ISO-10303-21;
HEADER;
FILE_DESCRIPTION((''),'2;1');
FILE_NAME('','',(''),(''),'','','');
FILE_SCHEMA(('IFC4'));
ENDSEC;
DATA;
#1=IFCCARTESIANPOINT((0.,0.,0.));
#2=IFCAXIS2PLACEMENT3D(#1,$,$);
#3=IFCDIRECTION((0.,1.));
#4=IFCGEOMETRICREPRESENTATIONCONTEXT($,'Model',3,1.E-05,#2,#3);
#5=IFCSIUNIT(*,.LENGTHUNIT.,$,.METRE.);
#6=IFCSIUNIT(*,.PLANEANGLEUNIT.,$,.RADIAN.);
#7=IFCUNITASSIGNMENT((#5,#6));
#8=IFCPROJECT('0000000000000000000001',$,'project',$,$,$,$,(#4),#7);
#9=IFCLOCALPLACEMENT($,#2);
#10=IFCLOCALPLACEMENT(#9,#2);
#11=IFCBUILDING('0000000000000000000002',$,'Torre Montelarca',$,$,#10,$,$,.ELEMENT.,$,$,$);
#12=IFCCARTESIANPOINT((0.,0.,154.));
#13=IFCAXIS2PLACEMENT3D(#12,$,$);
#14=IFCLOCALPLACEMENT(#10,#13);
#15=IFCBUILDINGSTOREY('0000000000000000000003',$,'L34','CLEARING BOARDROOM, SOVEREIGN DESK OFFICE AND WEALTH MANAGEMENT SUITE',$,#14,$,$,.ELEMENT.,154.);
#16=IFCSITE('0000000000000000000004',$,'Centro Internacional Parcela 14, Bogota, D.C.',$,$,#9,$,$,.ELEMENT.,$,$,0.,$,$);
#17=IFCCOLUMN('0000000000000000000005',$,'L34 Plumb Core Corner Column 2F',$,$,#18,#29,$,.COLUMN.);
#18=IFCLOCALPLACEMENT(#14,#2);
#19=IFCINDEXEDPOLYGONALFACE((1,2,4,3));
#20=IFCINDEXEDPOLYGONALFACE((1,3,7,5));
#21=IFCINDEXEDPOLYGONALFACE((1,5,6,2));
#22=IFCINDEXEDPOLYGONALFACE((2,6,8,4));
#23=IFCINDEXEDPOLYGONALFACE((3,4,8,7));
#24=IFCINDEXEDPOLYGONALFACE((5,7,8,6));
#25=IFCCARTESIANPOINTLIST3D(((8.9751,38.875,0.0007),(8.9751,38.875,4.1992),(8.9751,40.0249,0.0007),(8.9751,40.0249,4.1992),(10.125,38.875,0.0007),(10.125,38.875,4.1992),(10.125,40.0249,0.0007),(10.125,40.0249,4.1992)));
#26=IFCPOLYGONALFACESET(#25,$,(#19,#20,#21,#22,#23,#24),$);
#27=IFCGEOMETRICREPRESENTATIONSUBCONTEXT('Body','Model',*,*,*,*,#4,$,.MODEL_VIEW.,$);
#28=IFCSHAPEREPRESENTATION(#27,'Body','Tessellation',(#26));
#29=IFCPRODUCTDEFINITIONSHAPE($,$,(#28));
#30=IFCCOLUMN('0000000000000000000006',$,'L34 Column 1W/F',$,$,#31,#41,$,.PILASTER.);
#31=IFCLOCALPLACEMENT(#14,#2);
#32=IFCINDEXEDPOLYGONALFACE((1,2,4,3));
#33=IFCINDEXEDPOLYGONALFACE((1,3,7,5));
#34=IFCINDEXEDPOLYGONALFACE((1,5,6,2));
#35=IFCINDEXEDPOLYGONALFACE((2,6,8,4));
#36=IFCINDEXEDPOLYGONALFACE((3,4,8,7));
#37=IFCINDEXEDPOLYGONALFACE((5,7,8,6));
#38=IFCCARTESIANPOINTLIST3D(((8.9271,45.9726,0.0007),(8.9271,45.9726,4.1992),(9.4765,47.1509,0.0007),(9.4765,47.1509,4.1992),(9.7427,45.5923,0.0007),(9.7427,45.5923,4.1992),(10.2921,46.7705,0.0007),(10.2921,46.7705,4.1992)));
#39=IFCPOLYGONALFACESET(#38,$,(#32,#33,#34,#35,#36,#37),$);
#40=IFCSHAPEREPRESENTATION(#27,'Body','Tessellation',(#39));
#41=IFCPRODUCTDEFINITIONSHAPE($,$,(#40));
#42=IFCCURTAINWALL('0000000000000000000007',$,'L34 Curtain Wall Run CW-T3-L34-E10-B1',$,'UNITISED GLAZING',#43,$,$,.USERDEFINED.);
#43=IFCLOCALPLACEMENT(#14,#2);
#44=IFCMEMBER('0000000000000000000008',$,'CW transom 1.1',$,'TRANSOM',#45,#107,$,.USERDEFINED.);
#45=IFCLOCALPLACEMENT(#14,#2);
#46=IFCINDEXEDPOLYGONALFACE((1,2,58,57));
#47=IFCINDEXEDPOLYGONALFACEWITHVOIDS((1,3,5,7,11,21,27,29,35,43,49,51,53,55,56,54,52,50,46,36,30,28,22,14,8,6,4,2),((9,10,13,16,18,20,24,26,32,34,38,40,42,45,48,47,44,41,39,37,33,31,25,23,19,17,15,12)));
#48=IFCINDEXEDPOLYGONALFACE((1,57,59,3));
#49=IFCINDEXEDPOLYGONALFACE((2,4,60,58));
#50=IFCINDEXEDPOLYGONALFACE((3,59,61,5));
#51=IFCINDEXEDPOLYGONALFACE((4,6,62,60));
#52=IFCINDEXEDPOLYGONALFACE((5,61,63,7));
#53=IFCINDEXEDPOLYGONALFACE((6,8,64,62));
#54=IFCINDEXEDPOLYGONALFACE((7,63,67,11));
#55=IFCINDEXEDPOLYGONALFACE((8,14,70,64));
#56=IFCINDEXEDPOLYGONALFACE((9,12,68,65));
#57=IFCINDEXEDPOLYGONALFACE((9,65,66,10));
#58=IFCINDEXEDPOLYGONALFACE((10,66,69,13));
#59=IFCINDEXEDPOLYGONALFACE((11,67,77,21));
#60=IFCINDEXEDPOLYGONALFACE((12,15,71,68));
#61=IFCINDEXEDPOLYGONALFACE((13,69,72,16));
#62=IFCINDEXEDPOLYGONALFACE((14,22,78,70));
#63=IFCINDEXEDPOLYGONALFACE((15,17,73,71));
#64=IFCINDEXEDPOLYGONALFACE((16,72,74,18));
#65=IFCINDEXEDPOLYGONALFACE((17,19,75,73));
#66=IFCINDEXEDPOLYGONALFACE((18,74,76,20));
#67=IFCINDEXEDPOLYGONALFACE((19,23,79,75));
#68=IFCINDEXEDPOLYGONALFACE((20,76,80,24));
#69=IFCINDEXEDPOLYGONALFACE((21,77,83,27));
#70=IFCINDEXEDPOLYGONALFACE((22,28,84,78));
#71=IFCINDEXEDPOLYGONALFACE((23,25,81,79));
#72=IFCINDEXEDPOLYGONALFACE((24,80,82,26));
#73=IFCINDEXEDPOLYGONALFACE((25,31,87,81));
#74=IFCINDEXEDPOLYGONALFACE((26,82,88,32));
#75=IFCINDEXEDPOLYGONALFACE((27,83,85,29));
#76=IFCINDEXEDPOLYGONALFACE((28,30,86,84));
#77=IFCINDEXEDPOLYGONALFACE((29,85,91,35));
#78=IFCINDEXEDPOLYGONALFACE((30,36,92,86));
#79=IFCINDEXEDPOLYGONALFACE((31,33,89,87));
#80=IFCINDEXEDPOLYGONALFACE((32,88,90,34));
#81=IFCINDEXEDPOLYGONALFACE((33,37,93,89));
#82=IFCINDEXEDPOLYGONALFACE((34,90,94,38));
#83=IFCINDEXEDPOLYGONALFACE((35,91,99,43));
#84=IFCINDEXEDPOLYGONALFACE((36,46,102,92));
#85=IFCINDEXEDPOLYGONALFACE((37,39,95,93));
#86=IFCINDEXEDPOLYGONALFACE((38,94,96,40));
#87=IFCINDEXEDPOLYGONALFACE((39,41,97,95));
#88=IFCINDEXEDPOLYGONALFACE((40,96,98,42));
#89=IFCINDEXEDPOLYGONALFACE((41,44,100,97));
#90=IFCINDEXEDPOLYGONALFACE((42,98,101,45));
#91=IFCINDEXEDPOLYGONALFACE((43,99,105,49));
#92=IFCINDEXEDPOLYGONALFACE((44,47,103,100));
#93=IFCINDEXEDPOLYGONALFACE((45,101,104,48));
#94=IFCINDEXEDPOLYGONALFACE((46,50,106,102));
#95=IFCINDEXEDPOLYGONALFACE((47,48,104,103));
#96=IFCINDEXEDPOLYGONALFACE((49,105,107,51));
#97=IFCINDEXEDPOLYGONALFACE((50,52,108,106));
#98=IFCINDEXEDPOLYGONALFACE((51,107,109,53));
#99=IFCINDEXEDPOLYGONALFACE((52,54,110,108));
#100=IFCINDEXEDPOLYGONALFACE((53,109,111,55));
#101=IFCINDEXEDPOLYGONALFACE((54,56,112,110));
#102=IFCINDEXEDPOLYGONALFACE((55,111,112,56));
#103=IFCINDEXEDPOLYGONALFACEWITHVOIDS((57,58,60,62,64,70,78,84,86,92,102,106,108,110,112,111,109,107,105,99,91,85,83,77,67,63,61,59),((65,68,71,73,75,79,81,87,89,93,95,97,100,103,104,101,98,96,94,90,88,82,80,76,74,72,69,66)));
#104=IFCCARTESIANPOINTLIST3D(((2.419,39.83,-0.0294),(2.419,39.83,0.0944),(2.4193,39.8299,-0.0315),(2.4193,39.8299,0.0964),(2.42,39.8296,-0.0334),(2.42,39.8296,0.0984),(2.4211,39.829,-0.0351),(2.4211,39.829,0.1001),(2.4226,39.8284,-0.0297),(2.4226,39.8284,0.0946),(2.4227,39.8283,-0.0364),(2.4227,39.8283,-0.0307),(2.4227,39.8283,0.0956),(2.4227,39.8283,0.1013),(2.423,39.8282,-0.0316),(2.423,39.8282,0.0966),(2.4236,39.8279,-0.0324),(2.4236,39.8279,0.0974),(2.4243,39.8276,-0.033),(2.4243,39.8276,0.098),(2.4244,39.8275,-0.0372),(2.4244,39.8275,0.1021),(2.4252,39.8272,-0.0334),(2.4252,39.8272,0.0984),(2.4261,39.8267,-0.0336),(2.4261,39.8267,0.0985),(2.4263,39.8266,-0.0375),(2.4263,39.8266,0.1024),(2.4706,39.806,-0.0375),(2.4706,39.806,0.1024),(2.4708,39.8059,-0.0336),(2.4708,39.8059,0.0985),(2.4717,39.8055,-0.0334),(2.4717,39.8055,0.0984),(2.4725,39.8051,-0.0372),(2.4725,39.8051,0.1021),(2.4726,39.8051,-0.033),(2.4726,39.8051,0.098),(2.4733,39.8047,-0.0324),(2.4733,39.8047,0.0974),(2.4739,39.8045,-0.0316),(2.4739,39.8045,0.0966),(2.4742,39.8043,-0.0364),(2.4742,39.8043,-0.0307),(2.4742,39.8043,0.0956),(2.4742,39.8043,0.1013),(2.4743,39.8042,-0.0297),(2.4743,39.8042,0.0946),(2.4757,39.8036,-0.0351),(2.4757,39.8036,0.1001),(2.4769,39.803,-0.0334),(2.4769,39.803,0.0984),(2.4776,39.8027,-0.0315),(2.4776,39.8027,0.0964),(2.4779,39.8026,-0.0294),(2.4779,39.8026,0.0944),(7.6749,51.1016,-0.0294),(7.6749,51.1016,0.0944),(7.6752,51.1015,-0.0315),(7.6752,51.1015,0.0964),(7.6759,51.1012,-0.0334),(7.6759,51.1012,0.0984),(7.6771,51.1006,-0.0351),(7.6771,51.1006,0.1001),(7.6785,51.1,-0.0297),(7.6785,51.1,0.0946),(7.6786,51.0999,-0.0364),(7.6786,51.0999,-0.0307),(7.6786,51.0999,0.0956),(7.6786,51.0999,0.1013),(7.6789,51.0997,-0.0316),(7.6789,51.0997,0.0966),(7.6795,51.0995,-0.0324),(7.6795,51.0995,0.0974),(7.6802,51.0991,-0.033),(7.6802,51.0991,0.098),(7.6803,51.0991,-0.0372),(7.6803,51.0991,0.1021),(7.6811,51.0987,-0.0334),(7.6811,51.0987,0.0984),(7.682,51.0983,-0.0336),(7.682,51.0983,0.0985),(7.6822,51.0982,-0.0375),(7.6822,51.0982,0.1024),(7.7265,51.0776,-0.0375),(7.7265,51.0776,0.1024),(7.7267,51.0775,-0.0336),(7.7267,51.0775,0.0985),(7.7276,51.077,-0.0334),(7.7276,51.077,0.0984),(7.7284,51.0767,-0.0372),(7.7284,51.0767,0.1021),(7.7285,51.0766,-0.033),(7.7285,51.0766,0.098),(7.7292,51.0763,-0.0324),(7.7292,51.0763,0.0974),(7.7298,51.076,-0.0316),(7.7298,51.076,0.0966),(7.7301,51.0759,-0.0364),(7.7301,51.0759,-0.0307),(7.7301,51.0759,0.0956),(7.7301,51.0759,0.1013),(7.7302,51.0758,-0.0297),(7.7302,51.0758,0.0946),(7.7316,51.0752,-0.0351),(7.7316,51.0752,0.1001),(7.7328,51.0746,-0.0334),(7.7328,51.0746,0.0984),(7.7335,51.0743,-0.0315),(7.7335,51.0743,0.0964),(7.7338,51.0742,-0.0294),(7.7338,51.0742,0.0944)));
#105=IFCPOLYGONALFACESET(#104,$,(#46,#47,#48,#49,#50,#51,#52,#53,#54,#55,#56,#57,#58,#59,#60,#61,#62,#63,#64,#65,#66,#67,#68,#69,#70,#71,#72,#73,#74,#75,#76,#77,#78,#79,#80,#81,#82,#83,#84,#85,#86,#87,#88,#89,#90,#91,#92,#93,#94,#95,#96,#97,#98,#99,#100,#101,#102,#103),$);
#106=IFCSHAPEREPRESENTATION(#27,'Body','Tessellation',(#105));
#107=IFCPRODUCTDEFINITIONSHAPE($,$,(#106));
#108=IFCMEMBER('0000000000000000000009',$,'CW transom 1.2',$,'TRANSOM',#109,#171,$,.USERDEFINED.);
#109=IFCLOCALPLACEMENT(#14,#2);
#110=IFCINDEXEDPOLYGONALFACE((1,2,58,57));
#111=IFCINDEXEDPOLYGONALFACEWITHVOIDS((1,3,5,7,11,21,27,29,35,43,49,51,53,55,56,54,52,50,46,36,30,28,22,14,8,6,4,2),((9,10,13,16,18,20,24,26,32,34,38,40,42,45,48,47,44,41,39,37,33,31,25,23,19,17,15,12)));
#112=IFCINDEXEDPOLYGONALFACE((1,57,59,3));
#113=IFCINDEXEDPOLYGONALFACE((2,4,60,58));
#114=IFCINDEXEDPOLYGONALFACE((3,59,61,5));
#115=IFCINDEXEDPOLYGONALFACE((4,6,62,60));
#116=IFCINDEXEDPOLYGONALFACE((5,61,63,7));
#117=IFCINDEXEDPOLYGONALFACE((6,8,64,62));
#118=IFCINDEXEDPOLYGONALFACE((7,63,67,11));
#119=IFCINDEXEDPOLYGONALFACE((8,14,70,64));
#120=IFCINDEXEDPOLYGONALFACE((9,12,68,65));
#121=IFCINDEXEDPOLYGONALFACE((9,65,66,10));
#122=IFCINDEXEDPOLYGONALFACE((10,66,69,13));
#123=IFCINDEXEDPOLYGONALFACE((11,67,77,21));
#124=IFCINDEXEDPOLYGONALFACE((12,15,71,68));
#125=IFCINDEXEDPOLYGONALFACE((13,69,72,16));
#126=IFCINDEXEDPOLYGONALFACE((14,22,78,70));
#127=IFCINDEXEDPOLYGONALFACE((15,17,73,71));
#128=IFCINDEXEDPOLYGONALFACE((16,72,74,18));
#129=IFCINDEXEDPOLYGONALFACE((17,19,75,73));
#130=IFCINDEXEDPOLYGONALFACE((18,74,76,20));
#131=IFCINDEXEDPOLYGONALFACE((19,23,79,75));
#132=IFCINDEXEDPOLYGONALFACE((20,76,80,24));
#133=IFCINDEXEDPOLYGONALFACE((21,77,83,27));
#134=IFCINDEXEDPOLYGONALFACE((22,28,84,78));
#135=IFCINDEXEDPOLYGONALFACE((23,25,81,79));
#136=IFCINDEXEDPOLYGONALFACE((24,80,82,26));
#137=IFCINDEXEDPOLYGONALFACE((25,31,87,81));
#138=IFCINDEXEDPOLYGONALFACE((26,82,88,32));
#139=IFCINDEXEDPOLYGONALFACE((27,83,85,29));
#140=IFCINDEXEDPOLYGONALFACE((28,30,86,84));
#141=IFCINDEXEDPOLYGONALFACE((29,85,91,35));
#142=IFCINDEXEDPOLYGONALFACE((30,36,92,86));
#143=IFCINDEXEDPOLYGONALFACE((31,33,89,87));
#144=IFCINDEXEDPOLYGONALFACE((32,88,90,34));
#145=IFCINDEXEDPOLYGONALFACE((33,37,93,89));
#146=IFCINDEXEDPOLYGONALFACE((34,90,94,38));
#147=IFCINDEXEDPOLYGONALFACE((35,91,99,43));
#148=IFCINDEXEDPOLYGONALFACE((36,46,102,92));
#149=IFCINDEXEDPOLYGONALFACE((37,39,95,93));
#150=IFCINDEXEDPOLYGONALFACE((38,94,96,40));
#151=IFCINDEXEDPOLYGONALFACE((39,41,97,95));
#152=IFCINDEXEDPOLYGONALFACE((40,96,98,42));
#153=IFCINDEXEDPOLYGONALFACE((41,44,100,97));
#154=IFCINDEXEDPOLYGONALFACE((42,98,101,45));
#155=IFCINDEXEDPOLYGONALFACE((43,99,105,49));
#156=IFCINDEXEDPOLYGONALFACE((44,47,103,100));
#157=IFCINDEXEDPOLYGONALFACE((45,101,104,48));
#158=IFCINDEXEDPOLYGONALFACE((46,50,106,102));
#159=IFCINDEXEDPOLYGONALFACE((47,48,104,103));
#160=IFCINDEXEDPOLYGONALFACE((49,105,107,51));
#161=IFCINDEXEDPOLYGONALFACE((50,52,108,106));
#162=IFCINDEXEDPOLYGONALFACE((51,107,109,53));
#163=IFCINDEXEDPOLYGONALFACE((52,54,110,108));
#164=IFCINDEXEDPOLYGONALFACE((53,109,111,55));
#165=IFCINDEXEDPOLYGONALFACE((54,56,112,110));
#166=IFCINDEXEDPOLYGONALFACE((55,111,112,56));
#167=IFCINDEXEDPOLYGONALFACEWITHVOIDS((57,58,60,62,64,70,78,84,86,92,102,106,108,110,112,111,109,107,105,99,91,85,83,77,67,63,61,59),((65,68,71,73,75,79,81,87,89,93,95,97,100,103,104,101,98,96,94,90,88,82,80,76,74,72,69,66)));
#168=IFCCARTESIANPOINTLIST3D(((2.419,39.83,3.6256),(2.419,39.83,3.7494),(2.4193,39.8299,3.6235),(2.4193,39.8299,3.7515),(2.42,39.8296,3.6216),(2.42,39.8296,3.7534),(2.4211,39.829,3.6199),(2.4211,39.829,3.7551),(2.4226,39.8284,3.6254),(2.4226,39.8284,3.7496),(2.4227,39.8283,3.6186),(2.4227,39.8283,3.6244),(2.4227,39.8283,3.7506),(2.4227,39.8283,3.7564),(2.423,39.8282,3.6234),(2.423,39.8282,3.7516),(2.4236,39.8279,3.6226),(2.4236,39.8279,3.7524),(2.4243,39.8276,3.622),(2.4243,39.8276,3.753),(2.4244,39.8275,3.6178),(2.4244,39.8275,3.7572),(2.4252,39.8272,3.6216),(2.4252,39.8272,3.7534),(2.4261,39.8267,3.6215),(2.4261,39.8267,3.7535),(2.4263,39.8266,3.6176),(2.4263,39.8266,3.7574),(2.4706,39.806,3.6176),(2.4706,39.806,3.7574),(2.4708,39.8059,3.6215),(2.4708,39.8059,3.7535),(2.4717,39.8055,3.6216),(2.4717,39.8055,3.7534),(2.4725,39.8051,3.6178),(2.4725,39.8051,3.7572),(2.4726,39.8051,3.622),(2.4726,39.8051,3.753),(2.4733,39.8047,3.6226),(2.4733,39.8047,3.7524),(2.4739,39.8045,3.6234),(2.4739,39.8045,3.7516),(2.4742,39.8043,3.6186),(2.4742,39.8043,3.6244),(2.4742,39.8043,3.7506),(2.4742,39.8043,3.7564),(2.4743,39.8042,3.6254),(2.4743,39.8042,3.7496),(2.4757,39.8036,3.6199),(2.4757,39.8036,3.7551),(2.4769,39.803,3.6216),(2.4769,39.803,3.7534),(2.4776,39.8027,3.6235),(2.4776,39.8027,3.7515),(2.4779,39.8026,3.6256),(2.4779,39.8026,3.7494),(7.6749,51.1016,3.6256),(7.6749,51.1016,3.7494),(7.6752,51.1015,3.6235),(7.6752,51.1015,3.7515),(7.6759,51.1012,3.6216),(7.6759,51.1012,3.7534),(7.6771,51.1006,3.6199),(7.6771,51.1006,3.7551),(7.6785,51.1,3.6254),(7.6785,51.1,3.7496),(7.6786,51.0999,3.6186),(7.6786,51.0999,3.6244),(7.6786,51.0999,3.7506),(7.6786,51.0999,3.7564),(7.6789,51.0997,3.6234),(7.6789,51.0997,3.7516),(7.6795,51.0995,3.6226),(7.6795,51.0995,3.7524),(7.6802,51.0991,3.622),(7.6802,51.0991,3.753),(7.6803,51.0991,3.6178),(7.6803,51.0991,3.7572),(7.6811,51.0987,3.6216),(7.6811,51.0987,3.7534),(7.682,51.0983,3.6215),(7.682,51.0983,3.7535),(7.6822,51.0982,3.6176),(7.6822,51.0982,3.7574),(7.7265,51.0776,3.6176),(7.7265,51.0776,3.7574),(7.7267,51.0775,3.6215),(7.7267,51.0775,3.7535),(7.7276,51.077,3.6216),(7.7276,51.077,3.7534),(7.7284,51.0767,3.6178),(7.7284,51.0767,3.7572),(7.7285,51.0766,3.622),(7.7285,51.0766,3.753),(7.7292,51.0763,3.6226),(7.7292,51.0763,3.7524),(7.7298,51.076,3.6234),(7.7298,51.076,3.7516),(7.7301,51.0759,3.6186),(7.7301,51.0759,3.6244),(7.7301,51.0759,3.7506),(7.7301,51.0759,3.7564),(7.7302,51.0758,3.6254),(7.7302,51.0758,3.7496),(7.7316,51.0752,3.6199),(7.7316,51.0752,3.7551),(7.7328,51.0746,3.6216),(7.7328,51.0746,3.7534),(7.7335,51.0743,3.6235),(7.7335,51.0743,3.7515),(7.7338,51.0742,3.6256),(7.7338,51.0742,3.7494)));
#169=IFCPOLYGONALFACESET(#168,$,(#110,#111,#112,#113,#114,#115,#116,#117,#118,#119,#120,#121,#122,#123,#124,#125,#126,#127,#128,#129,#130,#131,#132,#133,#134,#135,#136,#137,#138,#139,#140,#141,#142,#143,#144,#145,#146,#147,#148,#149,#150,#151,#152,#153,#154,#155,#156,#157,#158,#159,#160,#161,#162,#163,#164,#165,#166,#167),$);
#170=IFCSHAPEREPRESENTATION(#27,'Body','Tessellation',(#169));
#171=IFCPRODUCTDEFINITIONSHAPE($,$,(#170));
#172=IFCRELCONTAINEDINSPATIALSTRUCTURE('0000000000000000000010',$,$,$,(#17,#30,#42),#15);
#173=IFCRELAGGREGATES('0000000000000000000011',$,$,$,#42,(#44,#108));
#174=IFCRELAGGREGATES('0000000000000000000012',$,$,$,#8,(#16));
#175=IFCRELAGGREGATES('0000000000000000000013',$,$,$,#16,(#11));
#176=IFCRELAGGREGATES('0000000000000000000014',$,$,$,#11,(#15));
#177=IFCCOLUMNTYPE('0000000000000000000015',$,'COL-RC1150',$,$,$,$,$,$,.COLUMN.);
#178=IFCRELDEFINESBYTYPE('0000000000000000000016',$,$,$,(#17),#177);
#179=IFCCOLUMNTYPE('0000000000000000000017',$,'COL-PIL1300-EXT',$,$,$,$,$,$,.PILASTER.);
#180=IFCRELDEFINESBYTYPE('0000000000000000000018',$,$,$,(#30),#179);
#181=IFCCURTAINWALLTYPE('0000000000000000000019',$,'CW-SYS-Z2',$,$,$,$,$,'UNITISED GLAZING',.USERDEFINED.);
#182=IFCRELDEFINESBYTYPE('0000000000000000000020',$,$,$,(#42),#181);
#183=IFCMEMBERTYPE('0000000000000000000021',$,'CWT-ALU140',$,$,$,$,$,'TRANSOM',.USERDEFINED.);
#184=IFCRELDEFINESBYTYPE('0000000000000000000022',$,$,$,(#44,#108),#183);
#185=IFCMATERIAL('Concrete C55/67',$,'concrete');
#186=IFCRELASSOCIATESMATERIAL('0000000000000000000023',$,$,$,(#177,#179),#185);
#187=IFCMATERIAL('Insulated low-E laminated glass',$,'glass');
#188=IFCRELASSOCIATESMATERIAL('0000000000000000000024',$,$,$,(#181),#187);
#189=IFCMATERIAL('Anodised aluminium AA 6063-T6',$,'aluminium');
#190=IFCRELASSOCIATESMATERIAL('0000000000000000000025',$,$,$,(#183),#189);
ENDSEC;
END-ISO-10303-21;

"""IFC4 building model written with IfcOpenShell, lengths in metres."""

from ifc_helpers import new_model, si_unit, direction, frame, origin, origin_2d, place, context, subcontext, project, spatial, rectangle, hollow_rectangle, extrude, source, transform, mapped, material, material_profile, profile_set, type_object, element, aggregate, save


model = new_model("IFC4")

# Units and contexts
model_context = context("Model", 3, precision=1e-05, world=origin(), true_north=direction((0.0, 1.0)))
body_context = subcontext(model_context, "Body", "Model", "MODEL_VIEW")
ifc_project = project(units=[si_unit("LENGTHUNIT", "METRE"), si_unit("PLANEANGLEUNIT", "RADIAN")], contexts=[model_context])

# Site, building, storey
site_placement = place(None, origin())
site = spatial("IfcSite", under=ifc_project, at=site_placement, Name="Centro Internacional Parcela 14, Bogota, D.C.", CompositionType="ELEMENT", RefElevation=0.0)
building_placement = place(site_placement, origin())
building = spatial("IfcBuilding", under=site, at=building_placement, Name="Torre Montelarca", CompositionType="ELEMENT")
storey_placement = place(building_placement, frame((0.0, 0.0, 154.0)))
storey = spatial("IfcBuildingStorey", under=building, at=storey_placement, Name="L34", Description="CLEARING BOARDROOM, SOVEREIGN DESK OFFICE AND WEALTH MANAGEMENT SUITE", CompositionType="ELEMENT", Elevation=154.0)

# Columns
ifc_material_1 = material(Name="Concrete C55/67", Category="concrete")
ifc_material_profile_1 = material_profile(ifc_material_1, rectangle(XDim=1.1499, YDim=1.1499, at=origin_2d()), Name="RC1150X1150", Category="concrete")
ifc_profile_set_1 = profile_set([ifc_material_profile_1], Name="Concrete C55/67")
column_type_1 = type_object("IfcColumnType", Name="COL-RC1150", PredefinedType="COLUMN", material=ifc_profile_set_1)
shared_shape_1 = source(origin(), body_context, "Body", "SweptSolid", [
    extrude(rectangle(XDim=1.1499, YDim=1.1499, at=origin_2d()), origin(), (0.0, 0.0, 1.0), 4.1985),
])
column_1_placement = place(storey_placement, frame((9.55, 39.45, 0.0007), z_axis=(0.0, 0.0, 1.0), x_axis=(1.0, 0.0, 0.0)))
element("IfcColumn", 1, at=column_1_placement, inside=storey, type_object=column_type_1, Name="L34 Plumb Core Corner Column 2F", PredefinedType="COLUMN", context=body_context, shape_type="MappedRepresentation", body=[
    mapped(shared_shape_1, transform((0.0, 0.0, 0.0), scale=1.0)),
])
ifc_material_profile_2 = material_profile(ifc_material_1, rectangle(XDim=0.8999, YDim=1.3, at=origin_2d()), Name="RC1300X900", Category="concrete")
ifc_profile_set_2 = profile_set([ifc_material_profile_2], Name="Concrete C55/67")
column_type_2 = type_object("IfcColumnType", Name="COL-PIL1300-EXT", PredefinedType="PILASTER", material=ifc_profile_set_2)
shared_shape_2 = source(origin(), body_context, "Body", "SweptSolid", [
    extrude(rectangle(XDim=0.8999, YDim=1.3, at=origin_2d()), origin(), (0.0, 0.0, 1.0), 4.1985),
])
column_2_placement = place(storey_placement, frame((9.6096, 46.3716, 0.0007), z_axis=(0.0, 0.0, 1.0), x_axis=(-0.906308, 0.422618, 0.0)))
element("IfcColumn", 2, at=column_2_placement, inside=storey, type_object=column_type_2, Name="L34 Column 1W/F", PredefinedType="PILASTER", context=body_context, shape_type="MappedRepresentation", body=[
    mapped(shared_shape_2, transform((0.0, 0.0, 0.0), scale=1.0)),
])

# Curtain wall, members
ifc_material_2 = material(Name="Insulated low-E laminated glass", Category="glass")
curtain_wall_type = type_object("IfcCurtainWallType", Name="CW-SYS-Z2", ElementType="UNITISED GLAZING", PredefinedType="USERDEFINED", material=ifc_material_2)
curtain_wall_1_placement = place(storey_placement, origin())
curtain_wall_1 = element("IfcCurtainWall", 3, at=curtain_wall_1_placement, inside=storey, type_object=curtain_wall_type, Name="L34 Curtain Wall Run CW-T3-L34-E10-B1", ObjectType="UNITISED GLAZING", PredefinedType="USERDEFINED")
ifc_material_3 = material(Name="Anodised aluminium AA 6063-T6", Category="aluminium")
ifc_material_profile_3 = material_profile(ifc_material_3, hollow_rectangle(XDim=0.0649, YDim=0.1399, WallThickness=0.0039, InnerFilletRadius=0.0039, OuterFilletRadius=0.0081, at=origin_2d()), Name="ALU65X140X4", Category="aluminium")
ifc_profile_set_3 = profile_set([ifc_material_profile_3], Name="Anodised aluminium AA 6063-T6")
member_type_1 = type_object("IfcMemberType", Name="CWT-ALU140", ElementType="TRANSOM", PredefinedType="USERDEFINED", material=ifc_profile_set_3)
shared_shape_3 = source(origin(), body_context, "Body", "SweptSolid", [
    extrude(hollow_rectangle(XDim=0.0649, YDim=0.1399, WallThickness=0.0039, InnerFilletRadius=0.0039, OuterFilletRadius=0.0081, at=origin_2d()), origin(), (0.0, 0.0, 1.0), 12.4368),
])
member_1_placement = place(storey_placement, frame((7.7043, 51.0879, 0.0325), z_axis=(-0.42261, -0.906311, 0.0), x_axis=(0.906311, -0.42261, 0.0)))
member_1 = element("IfcMember", 4, at=member_1_placement, type_object=member_type_1, Name="CW transom 1.1", ObjectType="TRANSOM", PredefinedType="USERDEFINED", context=body_context, shape_type="MappedRepresentation", body=[
    mapped(shared_shape_3, transform((0.0, 0.0, 0.0), scale=1.0)),
])
member_2_placement = place(storey_placement, frame((7.7043, 51.0879, 3.6875), z_axis=(-0.42261, -0.906311, 0.0), x_axis=(0.906311, -0.42261, 0.0)))
member_2 = element("IfcMember", 5, at=member_2_placement, type_object=member_type_1, Name="CW transom 1.2", ObjectType="TRANSOM", PredefinedType="USERDEFINED", context=body_context, shape_type="MappedRepresentation", body=[
    mapped(shared_shape_3, transform((0.0, 0.0, 0.0), scale=1.0)),
])

aggregate(curtain_wall_1, [member_1, member_2])

save(model, "model.ifc")
